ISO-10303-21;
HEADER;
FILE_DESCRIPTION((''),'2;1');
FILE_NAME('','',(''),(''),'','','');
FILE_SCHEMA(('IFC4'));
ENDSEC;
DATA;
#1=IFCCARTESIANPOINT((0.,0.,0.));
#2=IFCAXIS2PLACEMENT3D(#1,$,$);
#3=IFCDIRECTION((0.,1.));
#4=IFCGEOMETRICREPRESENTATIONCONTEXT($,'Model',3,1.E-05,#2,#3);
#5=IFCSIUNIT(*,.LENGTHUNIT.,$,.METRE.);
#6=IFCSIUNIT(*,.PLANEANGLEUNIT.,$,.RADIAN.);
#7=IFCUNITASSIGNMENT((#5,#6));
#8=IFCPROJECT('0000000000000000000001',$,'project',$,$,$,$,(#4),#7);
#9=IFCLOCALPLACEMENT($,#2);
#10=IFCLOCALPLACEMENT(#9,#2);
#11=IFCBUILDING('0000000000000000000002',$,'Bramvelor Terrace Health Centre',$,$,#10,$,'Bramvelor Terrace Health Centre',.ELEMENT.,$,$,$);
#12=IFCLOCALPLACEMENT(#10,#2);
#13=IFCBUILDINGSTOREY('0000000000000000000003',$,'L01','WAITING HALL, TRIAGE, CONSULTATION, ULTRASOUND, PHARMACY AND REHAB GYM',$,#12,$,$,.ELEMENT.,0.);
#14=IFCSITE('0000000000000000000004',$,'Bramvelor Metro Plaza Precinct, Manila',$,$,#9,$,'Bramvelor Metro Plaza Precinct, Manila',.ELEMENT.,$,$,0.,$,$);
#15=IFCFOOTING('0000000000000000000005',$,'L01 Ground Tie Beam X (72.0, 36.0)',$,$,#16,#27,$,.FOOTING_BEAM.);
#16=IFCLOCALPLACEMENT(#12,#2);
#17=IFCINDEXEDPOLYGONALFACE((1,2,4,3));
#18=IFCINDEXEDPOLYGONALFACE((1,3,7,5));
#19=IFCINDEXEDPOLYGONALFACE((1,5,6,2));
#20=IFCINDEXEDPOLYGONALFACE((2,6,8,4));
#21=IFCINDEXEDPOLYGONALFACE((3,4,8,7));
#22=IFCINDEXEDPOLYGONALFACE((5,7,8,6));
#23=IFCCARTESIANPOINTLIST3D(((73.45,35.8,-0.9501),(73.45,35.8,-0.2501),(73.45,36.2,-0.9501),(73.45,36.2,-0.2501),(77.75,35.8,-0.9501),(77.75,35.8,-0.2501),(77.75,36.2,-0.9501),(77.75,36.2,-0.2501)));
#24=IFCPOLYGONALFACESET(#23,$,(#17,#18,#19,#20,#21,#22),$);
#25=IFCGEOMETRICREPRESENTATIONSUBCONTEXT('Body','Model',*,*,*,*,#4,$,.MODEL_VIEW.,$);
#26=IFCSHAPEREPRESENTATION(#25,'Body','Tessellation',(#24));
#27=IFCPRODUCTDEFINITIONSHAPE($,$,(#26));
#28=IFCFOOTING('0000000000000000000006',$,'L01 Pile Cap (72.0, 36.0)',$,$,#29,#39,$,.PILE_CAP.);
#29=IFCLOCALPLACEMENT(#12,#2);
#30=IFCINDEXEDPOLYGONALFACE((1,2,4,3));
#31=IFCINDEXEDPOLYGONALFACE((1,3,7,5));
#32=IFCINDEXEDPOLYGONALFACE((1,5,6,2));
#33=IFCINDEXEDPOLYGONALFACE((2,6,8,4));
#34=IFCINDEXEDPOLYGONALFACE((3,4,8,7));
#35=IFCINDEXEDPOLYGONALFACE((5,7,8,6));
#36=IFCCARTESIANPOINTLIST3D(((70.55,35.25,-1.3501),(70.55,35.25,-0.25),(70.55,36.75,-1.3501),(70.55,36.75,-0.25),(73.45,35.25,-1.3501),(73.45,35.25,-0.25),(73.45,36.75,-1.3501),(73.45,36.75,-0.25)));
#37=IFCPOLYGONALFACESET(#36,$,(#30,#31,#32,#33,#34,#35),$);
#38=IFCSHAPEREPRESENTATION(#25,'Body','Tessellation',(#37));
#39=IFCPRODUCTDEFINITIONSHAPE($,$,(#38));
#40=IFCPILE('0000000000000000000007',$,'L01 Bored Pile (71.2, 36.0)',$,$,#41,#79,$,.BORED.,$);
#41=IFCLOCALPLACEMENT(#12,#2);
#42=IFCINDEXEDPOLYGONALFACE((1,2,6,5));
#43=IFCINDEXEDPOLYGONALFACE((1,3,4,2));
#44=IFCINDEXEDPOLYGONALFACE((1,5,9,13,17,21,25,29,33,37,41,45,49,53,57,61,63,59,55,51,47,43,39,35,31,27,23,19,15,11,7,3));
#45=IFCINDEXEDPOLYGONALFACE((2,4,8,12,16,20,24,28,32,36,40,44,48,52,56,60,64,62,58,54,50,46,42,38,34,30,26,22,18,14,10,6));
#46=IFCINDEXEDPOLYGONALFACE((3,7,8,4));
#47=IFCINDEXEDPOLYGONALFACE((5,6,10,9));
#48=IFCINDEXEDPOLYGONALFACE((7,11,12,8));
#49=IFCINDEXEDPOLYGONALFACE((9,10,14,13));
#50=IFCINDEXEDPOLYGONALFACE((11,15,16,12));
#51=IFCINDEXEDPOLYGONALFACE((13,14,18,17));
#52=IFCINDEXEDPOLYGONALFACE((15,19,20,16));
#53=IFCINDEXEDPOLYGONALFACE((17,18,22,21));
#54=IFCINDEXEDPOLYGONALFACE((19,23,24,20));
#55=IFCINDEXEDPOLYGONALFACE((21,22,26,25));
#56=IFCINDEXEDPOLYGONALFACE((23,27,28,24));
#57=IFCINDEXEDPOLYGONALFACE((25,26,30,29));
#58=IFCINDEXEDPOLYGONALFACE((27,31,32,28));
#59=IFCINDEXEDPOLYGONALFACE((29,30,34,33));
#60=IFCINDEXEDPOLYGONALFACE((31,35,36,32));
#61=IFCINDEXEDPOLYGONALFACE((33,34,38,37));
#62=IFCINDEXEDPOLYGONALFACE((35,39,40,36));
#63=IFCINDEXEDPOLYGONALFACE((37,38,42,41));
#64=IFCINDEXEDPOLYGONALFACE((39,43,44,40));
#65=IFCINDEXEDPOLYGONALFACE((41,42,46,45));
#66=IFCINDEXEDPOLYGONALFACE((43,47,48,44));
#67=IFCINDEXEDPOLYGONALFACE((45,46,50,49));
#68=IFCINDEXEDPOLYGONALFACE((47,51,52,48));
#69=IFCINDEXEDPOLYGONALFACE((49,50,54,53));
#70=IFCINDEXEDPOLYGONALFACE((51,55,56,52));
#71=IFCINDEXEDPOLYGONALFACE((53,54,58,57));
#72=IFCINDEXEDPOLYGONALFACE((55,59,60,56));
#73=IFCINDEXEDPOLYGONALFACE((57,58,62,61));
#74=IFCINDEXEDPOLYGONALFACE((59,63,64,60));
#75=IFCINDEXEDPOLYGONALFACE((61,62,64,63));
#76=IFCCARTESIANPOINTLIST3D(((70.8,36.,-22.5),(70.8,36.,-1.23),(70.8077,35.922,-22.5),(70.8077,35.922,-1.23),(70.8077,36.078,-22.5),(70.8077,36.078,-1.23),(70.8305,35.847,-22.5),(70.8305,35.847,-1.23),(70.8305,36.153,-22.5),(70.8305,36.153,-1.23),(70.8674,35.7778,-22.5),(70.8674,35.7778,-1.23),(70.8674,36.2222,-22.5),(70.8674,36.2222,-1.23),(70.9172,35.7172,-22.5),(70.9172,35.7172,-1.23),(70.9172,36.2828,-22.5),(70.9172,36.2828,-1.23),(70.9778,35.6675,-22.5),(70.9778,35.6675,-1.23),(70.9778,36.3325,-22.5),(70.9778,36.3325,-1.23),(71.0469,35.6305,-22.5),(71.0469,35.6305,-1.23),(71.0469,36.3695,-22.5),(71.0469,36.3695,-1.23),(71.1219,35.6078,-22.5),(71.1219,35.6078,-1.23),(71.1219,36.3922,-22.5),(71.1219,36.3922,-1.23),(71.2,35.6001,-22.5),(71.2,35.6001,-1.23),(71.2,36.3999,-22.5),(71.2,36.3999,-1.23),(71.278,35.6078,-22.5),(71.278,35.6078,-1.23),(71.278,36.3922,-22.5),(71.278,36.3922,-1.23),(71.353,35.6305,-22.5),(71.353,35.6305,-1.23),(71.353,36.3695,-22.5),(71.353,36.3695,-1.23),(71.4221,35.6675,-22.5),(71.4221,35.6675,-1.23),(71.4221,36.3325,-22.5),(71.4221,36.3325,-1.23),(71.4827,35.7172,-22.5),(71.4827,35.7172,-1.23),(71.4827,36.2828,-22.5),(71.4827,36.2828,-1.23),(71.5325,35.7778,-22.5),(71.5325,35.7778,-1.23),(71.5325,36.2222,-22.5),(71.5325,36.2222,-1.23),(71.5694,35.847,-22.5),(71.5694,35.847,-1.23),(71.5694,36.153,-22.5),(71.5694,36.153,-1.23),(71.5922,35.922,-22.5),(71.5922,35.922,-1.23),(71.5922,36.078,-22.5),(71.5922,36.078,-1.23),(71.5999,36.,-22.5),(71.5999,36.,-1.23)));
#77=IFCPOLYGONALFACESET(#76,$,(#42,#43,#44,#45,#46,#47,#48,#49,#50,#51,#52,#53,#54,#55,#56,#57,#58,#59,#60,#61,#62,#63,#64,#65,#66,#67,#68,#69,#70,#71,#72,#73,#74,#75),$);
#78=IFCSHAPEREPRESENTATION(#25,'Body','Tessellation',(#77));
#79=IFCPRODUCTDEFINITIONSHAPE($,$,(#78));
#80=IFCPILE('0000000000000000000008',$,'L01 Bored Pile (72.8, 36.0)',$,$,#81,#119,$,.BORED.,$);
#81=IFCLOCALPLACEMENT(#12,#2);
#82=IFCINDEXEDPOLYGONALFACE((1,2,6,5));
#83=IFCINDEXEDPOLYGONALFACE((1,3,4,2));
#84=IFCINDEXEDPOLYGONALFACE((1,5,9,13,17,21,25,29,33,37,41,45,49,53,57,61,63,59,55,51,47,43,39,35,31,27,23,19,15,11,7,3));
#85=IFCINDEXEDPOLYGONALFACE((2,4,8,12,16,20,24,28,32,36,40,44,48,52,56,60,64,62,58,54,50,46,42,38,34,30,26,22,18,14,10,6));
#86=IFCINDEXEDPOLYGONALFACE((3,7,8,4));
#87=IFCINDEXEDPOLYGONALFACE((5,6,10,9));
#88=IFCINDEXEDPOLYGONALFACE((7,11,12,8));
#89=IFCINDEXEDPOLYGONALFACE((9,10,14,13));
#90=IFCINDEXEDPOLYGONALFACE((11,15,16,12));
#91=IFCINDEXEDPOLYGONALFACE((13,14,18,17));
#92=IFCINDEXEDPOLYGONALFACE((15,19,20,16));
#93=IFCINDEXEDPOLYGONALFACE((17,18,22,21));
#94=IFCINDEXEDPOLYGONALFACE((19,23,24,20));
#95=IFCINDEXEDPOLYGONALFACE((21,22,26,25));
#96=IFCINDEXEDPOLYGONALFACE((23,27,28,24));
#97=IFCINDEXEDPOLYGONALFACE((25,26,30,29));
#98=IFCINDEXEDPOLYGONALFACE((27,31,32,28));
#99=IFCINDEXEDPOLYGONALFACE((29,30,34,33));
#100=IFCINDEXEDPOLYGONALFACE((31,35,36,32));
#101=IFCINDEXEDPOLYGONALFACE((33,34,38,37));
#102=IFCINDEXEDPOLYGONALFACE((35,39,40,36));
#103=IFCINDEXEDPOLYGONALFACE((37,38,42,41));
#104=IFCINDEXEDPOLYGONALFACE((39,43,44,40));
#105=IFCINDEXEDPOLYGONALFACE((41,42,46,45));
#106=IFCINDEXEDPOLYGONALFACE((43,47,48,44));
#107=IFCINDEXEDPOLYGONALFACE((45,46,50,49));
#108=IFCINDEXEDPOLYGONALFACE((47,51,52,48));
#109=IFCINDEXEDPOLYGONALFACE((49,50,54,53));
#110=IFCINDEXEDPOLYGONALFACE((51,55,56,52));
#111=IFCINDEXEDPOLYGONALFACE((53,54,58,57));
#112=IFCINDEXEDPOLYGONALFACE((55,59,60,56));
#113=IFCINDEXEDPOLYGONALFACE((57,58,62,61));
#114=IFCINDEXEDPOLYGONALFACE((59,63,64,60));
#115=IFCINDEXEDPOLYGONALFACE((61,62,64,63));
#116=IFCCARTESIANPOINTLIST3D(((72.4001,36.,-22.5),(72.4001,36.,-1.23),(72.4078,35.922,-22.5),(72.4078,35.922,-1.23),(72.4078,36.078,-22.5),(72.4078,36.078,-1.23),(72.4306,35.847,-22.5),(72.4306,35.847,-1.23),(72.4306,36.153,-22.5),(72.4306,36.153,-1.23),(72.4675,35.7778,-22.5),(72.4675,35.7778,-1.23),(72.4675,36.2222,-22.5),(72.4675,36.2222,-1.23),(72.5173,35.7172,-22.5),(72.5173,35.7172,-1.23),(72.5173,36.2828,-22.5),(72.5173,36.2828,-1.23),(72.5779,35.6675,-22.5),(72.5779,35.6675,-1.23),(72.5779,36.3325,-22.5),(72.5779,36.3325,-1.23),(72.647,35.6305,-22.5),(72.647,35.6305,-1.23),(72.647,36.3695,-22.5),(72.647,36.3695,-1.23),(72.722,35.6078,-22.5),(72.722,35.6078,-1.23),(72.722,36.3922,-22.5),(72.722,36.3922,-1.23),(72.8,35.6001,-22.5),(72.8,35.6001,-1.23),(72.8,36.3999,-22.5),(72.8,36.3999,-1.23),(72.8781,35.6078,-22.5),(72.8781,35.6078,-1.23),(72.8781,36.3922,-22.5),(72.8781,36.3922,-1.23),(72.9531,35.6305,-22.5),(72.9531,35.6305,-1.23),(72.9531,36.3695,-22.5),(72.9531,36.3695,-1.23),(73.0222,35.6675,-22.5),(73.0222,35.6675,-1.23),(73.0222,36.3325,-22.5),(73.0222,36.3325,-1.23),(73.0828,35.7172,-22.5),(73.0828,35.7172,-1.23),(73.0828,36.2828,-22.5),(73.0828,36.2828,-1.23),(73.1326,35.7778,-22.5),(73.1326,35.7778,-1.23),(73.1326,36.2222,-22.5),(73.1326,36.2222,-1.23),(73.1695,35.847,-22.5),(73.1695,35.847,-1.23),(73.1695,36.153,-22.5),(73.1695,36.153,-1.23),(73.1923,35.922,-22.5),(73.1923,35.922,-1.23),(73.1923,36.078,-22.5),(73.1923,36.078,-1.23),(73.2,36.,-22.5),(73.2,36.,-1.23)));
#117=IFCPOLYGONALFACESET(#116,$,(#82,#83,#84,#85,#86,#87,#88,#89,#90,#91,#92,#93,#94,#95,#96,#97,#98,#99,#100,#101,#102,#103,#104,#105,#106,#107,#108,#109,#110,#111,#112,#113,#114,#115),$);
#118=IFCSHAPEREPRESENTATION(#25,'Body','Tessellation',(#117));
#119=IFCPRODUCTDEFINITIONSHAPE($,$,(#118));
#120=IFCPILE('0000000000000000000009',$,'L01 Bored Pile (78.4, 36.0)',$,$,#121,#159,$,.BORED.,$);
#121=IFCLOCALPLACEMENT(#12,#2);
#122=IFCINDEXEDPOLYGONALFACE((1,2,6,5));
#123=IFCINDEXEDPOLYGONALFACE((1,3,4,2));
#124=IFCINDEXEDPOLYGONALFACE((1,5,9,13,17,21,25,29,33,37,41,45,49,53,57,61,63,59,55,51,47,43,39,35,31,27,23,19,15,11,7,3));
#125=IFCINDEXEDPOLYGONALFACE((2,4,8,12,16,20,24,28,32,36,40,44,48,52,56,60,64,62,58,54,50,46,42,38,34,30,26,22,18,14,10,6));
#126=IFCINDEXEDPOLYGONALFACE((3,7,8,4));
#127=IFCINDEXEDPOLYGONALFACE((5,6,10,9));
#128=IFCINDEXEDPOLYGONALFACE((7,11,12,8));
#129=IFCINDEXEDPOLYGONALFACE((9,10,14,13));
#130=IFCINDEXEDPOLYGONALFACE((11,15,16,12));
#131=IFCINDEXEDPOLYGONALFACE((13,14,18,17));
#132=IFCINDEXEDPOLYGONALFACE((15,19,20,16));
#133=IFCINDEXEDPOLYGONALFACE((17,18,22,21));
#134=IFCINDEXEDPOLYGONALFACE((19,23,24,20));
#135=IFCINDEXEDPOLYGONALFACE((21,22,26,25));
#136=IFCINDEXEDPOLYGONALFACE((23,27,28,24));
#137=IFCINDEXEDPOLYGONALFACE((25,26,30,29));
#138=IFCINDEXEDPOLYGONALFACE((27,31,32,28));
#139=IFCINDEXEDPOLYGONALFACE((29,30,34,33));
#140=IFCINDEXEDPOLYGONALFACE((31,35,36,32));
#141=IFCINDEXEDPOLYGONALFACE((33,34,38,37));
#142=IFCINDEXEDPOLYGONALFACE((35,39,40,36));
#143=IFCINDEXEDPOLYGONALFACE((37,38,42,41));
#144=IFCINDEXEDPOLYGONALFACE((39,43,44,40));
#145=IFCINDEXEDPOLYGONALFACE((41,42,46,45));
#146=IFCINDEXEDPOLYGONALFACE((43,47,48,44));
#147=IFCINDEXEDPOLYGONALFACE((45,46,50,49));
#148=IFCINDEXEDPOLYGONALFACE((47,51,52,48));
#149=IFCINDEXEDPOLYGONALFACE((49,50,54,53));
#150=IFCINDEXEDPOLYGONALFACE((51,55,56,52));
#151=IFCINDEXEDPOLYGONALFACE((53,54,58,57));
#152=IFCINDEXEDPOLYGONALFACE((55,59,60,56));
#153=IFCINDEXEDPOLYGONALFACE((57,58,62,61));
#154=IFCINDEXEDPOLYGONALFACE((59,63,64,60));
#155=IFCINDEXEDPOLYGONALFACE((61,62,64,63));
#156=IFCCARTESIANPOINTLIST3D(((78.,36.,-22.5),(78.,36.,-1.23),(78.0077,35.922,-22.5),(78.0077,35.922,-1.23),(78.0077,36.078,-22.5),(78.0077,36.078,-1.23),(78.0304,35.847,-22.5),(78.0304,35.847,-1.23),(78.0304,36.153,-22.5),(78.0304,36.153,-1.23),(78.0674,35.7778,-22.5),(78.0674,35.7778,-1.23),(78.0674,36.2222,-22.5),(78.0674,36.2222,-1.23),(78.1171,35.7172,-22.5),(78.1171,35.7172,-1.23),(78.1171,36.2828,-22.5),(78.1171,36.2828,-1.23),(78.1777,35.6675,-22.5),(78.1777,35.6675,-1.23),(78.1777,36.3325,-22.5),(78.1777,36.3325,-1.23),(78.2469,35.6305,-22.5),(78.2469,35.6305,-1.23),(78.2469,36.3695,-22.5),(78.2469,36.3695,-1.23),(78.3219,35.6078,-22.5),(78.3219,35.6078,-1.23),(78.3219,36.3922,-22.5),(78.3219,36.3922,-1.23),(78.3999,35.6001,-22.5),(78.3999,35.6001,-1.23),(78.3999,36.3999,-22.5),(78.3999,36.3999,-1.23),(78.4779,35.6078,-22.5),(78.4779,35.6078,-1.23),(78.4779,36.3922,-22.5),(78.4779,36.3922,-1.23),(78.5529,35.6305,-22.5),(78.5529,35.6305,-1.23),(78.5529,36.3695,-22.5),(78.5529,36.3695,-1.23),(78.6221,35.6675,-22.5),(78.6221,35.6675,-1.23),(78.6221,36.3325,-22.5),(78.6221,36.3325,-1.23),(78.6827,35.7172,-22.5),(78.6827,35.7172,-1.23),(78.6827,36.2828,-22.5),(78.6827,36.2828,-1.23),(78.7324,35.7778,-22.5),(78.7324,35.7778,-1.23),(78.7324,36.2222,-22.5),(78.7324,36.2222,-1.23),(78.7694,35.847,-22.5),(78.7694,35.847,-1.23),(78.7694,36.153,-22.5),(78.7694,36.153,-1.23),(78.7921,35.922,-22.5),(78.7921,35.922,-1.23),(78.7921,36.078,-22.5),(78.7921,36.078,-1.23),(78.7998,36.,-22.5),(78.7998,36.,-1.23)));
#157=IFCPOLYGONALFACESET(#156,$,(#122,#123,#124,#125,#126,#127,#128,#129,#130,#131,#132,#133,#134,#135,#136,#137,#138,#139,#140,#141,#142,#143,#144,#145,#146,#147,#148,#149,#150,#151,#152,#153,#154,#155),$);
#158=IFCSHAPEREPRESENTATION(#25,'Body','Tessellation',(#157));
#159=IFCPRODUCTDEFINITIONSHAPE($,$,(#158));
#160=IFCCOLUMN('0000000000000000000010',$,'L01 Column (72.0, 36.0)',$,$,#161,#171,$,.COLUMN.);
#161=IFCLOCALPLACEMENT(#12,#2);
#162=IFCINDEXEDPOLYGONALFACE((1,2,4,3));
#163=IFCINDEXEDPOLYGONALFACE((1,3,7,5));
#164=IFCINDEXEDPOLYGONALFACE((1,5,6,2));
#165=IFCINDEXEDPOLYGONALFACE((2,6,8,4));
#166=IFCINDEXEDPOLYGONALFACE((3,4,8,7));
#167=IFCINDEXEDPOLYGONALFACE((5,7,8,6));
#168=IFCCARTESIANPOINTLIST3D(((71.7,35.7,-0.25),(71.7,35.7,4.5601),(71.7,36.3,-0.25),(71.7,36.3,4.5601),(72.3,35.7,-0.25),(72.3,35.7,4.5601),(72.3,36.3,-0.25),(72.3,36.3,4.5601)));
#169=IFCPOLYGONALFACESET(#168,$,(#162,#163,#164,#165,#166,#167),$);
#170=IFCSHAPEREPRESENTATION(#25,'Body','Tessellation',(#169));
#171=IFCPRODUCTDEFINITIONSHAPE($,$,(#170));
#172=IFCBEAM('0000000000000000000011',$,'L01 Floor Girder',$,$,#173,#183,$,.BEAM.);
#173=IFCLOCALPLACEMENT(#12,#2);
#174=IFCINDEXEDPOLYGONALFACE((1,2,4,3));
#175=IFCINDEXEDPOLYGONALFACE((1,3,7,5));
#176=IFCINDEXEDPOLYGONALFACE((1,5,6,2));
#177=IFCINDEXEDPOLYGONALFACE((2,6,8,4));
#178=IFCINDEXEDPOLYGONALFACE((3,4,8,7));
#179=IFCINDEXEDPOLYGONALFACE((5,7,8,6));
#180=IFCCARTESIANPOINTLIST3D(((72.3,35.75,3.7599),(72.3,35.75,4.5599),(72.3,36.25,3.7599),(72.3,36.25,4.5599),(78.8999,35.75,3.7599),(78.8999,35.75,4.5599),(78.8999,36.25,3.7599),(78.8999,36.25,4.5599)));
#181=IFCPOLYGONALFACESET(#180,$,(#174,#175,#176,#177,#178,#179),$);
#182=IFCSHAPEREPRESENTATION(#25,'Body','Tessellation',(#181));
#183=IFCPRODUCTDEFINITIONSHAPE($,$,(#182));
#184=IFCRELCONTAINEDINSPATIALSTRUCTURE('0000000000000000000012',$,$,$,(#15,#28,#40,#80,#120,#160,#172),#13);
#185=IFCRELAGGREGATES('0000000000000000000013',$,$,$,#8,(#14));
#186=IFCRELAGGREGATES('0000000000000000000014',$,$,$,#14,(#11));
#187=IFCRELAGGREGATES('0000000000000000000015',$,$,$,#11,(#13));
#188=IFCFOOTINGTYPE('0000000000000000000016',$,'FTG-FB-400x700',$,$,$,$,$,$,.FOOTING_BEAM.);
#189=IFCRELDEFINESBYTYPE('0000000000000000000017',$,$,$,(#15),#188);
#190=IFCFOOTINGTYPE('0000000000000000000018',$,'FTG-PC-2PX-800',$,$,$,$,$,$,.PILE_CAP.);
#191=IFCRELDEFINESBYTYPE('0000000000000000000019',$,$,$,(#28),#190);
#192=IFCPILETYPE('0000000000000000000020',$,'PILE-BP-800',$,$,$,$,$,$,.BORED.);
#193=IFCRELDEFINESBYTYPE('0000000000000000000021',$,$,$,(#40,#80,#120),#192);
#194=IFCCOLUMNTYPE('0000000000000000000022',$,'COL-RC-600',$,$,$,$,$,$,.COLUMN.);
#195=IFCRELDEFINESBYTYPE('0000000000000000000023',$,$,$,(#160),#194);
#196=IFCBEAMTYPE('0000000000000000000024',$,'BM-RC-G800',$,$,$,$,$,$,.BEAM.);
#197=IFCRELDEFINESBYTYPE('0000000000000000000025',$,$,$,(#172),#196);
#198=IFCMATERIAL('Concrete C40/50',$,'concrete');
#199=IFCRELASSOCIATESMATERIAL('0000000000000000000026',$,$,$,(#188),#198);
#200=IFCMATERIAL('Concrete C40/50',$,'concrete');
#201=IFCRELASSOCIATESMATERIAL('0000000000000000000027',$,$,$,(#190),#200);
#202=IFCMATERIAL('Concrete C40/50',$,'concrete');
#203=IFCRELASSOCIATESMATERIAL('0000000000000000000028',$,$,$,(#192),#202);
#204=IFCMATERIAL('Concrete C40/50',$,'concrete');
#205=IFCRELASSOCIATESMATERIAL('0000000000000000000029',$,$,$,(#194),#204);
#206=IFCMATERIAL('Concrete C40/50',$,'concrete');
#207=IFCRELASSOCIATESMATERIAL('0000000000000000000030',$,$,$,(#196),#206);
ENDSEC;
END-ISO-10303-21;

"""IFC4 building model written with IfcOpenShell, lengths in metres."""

from ifc_helpers import new_model, si_unit, direction, frame, origin, origin_2d, place, context, subcontext, project, spatial, rectangle, circle, extrude, material, material_profile, profile_set, type_object, element, save


model = new_model("IFC4")

# Units and contexts
model_context = context("Model", 3, precision=1e-05, world=origin(), true_north=direction((0.0, 1.0)))
body_context = subcontext(model_context, "Body", "Model", "MODEL_VIEW")
ifc_project = project(units=[si_unit("LENGTHUNIT", "METRE"), si_unit("PLANEANGLEUNIT", "RADIAN")], contexts=[model_context])

# Site, building, storey
site_placement = place(None, origin())
site = spatial("IfcSite", under=ifc_project, at=site_placement, Name="Bramvelor Metro Plaza Precinct, Manila", LongName="Bramvelor Metro Plaza Precinct, Manila", CompositionType="ELEMENT", RefElevation=0.0)
building_placement = place(site_placement, origin())
building = spatial("IfcBuilding", under=site, at=building_placement, Name="Bramvelor Terrace Health Centre", LongName="Bramvelor Terrace Health Centre", CompositionType="ELEMENT")
storey_placement = place(building_placement, origin())
storey = spatial("IfcBuildingStorey", under=building, at=storey_placement, Name="L01", Description="WAITING HALL, TRIAGE, CONSULTATION, ULTRASOUND, PHARMACY AND REHAB GYM", CompositionType="ELEMENT", Elevation=0.0)

# Footings
ifc_material_1 = material(Name="Concrete C40/50", Category="concrete")
ifc_material_profile_1 = material_profile(ifc_material_1, rectangle(XDim=0.3999, YDim=0.7, at=origin_2d()), Name="RC 400x700")
ifc_profile_set_1 = profile_set([ifc_material_profile_1], Name="Concrete C40/50")
footing_type_1 = type_object("IfcFootingType", Name="FTG-FB-400x700", PredefinedType="FOOTING_BEAM", material=ifc_profile_set_1)
footing_1_placement = place(storey_placement, frame((73.45, 36.0, -0.6001), z_axis=(1.0, 0.0, 0.0), x_axis=(0.0, 1.0, 0.0)))
element("IfcFooting", 1, at=footing_1_placement, inside=storey, type_object=footing_type_1, Name="L01 Ground Tie Beam X (72.0, 36.0)", PredefinedType="FOOTING_BEAM", context=body_context, shape_type="SweptSolid", body=[
    extrude(rectangle(XDim=0.3999, YDim=0.7, at=origin_2d()), origin(), (0.0, 0.0, 1.0), 4.3),
])
ifc_material_2 = material(Name="Concrete C40/50", Category="concrete")
footing_type_2 = type_object("IfcFootingType", Name="FTG-PC-2PX-800", PredefinedType="PILE_CAP", material=ifc_material_2)
footing_2_placement = place(storey_placement, frame((72.0, 36.0, -1.3501), z_axis=(0.0, 0.0, 1.0), x_axis=(1.0, 0.0, 0.0)))
element("IfcFooting", 2, at=footing_2_placement, inside=storey, type_object=footing_type_2, Name="L01 Pile Cap (72.0, 36.0)", PredefinedType="PILE_CAP", context=body_context, shape_type="SweptSolid", body=[
    extrude(rectangle(XDim=2.8999, YDim=1.5, at=origin_2d()), origin(), (0.0, 0.0, 1.0), 1.1001),
])

# Piles
ifc_material_3 = material(Name="Concrete C40/50", Category="concrete")
ifc_material_profile_2 = material_profile(ifc_material_3, circle(Radius=0.3999, at=origin_2d()), Name="BP D800")
ifc_profile_set_2 = profile_set([ifc_material_profile_2], Name="Concrete C40/50")
pile_type = type_object("IfcPileType", Name="PILE-BP-800", PredefinedType="BORED", material=ifc_profile_set_2)
for number, where, z_axis, x_axis, name in (
    (3, (71.2, 36.0, -1.23), (0.0, 0.0, -1.0), (1.0, 0.0, 0.0), "L01 Bored Pile (71.2, 36.0)"),
    (4, (72.8, 36.0, -1.23), (0.0, 0.0, -1.0), (1.0, 0.0, 0.0), "L01 Bored Pile (72.8, 36.0)"),
    (5, (78.3999, 36.0, -1.23), (0.0, 0.0, -1.0), (1.0, 0.0, 0.0), "L01 Bored Pile (78.4, 36.0)"),
):
    element("IfcPile", number, at=place(storey_placement, frame(where, z_axis=z_axis, x_axis=x_axis)), inside=storey, type_object=pile_type, Name=name, PredefinedType="BORED", context=body_context, shape_type="SweptSolid", body=[
        extrude(circle(Radius=0.3999, at=origin_2d()), origin(), (0.0, 0.0, 1.0), 21.27),
    ])

# Column
ifc_material_4 = material(Name="Concrete C40/50", Category="concrete")
ifc_material_profile_3 = material_profile(ifc_material_4, rectangle(XDim=0.6001, YDim=0.6001, at=origin_2d()), Name="RC 600x600")
ifc_profile_set_3 = profile_set([ifc_material_profile_3], Name="Concrete C40/50")
column_type = type_object("IfcColumnType", Name="COL-RC-600", PredefinedType="COLUMN", material=ifc_profile_set_3)
column_placement = place(storey_placement, frame((72.0, 36.0, -0.25), z_axis=(0.0, 0.0, 1.0), x_axis=(1.0, 0.0, 0.0)))
element("IfcColumn", 6, at=column_placement, inside=storey, type_object=column_type, Name="L01 Column (72.0, 36.0)", PredefinedType="COLUMN", context=body_context, shape_type="SweptSolid", body=[
    extrude(rectangle(XDim=0.6001, YDim=0.6001, at=origin_2d()), origin(), (0.0, 0.0, 1.0), 4.8101),
])

# Beam
ifc_material_5 = material(Name="Concrete C40/50", Category="concrete")
ifc_material_profile_4 = material_profile(ifc_material_5, rectangle(XDim=0.5, YDim=0.8, at=origin_2d()), Name="RC 500x800")
ifc_profile_set_4 = profile_set([ifc_material_profile_4], Name="Concrete C40/50")
beam_type = type_object("IfcBeamType", Name="BM-RC-G800", PredefinedType="BEAM", material=ifc_profile_set_4)
beam_placement = place(storey_placement, frame((72.3, 36.0, 4.1599), z_axis=(1.0, 0.0, 0.0), x_axis=(0.0, 1.0, 0.0)))
element("IfcBeam", 7, at=beam_placement, inside=storey, type_object=beam_type, Name="L01 Floor Girder", PredefinedType="BEAM", context=body_context, shape_type="SweptSolid", body=[
    extrude(rectangle(XDim=0.5, YDim=0.8, at=origin_2d()), origin(), (0.0, 0.0, 1.0), 6.5999),
])

save(model, "model.ifc")
